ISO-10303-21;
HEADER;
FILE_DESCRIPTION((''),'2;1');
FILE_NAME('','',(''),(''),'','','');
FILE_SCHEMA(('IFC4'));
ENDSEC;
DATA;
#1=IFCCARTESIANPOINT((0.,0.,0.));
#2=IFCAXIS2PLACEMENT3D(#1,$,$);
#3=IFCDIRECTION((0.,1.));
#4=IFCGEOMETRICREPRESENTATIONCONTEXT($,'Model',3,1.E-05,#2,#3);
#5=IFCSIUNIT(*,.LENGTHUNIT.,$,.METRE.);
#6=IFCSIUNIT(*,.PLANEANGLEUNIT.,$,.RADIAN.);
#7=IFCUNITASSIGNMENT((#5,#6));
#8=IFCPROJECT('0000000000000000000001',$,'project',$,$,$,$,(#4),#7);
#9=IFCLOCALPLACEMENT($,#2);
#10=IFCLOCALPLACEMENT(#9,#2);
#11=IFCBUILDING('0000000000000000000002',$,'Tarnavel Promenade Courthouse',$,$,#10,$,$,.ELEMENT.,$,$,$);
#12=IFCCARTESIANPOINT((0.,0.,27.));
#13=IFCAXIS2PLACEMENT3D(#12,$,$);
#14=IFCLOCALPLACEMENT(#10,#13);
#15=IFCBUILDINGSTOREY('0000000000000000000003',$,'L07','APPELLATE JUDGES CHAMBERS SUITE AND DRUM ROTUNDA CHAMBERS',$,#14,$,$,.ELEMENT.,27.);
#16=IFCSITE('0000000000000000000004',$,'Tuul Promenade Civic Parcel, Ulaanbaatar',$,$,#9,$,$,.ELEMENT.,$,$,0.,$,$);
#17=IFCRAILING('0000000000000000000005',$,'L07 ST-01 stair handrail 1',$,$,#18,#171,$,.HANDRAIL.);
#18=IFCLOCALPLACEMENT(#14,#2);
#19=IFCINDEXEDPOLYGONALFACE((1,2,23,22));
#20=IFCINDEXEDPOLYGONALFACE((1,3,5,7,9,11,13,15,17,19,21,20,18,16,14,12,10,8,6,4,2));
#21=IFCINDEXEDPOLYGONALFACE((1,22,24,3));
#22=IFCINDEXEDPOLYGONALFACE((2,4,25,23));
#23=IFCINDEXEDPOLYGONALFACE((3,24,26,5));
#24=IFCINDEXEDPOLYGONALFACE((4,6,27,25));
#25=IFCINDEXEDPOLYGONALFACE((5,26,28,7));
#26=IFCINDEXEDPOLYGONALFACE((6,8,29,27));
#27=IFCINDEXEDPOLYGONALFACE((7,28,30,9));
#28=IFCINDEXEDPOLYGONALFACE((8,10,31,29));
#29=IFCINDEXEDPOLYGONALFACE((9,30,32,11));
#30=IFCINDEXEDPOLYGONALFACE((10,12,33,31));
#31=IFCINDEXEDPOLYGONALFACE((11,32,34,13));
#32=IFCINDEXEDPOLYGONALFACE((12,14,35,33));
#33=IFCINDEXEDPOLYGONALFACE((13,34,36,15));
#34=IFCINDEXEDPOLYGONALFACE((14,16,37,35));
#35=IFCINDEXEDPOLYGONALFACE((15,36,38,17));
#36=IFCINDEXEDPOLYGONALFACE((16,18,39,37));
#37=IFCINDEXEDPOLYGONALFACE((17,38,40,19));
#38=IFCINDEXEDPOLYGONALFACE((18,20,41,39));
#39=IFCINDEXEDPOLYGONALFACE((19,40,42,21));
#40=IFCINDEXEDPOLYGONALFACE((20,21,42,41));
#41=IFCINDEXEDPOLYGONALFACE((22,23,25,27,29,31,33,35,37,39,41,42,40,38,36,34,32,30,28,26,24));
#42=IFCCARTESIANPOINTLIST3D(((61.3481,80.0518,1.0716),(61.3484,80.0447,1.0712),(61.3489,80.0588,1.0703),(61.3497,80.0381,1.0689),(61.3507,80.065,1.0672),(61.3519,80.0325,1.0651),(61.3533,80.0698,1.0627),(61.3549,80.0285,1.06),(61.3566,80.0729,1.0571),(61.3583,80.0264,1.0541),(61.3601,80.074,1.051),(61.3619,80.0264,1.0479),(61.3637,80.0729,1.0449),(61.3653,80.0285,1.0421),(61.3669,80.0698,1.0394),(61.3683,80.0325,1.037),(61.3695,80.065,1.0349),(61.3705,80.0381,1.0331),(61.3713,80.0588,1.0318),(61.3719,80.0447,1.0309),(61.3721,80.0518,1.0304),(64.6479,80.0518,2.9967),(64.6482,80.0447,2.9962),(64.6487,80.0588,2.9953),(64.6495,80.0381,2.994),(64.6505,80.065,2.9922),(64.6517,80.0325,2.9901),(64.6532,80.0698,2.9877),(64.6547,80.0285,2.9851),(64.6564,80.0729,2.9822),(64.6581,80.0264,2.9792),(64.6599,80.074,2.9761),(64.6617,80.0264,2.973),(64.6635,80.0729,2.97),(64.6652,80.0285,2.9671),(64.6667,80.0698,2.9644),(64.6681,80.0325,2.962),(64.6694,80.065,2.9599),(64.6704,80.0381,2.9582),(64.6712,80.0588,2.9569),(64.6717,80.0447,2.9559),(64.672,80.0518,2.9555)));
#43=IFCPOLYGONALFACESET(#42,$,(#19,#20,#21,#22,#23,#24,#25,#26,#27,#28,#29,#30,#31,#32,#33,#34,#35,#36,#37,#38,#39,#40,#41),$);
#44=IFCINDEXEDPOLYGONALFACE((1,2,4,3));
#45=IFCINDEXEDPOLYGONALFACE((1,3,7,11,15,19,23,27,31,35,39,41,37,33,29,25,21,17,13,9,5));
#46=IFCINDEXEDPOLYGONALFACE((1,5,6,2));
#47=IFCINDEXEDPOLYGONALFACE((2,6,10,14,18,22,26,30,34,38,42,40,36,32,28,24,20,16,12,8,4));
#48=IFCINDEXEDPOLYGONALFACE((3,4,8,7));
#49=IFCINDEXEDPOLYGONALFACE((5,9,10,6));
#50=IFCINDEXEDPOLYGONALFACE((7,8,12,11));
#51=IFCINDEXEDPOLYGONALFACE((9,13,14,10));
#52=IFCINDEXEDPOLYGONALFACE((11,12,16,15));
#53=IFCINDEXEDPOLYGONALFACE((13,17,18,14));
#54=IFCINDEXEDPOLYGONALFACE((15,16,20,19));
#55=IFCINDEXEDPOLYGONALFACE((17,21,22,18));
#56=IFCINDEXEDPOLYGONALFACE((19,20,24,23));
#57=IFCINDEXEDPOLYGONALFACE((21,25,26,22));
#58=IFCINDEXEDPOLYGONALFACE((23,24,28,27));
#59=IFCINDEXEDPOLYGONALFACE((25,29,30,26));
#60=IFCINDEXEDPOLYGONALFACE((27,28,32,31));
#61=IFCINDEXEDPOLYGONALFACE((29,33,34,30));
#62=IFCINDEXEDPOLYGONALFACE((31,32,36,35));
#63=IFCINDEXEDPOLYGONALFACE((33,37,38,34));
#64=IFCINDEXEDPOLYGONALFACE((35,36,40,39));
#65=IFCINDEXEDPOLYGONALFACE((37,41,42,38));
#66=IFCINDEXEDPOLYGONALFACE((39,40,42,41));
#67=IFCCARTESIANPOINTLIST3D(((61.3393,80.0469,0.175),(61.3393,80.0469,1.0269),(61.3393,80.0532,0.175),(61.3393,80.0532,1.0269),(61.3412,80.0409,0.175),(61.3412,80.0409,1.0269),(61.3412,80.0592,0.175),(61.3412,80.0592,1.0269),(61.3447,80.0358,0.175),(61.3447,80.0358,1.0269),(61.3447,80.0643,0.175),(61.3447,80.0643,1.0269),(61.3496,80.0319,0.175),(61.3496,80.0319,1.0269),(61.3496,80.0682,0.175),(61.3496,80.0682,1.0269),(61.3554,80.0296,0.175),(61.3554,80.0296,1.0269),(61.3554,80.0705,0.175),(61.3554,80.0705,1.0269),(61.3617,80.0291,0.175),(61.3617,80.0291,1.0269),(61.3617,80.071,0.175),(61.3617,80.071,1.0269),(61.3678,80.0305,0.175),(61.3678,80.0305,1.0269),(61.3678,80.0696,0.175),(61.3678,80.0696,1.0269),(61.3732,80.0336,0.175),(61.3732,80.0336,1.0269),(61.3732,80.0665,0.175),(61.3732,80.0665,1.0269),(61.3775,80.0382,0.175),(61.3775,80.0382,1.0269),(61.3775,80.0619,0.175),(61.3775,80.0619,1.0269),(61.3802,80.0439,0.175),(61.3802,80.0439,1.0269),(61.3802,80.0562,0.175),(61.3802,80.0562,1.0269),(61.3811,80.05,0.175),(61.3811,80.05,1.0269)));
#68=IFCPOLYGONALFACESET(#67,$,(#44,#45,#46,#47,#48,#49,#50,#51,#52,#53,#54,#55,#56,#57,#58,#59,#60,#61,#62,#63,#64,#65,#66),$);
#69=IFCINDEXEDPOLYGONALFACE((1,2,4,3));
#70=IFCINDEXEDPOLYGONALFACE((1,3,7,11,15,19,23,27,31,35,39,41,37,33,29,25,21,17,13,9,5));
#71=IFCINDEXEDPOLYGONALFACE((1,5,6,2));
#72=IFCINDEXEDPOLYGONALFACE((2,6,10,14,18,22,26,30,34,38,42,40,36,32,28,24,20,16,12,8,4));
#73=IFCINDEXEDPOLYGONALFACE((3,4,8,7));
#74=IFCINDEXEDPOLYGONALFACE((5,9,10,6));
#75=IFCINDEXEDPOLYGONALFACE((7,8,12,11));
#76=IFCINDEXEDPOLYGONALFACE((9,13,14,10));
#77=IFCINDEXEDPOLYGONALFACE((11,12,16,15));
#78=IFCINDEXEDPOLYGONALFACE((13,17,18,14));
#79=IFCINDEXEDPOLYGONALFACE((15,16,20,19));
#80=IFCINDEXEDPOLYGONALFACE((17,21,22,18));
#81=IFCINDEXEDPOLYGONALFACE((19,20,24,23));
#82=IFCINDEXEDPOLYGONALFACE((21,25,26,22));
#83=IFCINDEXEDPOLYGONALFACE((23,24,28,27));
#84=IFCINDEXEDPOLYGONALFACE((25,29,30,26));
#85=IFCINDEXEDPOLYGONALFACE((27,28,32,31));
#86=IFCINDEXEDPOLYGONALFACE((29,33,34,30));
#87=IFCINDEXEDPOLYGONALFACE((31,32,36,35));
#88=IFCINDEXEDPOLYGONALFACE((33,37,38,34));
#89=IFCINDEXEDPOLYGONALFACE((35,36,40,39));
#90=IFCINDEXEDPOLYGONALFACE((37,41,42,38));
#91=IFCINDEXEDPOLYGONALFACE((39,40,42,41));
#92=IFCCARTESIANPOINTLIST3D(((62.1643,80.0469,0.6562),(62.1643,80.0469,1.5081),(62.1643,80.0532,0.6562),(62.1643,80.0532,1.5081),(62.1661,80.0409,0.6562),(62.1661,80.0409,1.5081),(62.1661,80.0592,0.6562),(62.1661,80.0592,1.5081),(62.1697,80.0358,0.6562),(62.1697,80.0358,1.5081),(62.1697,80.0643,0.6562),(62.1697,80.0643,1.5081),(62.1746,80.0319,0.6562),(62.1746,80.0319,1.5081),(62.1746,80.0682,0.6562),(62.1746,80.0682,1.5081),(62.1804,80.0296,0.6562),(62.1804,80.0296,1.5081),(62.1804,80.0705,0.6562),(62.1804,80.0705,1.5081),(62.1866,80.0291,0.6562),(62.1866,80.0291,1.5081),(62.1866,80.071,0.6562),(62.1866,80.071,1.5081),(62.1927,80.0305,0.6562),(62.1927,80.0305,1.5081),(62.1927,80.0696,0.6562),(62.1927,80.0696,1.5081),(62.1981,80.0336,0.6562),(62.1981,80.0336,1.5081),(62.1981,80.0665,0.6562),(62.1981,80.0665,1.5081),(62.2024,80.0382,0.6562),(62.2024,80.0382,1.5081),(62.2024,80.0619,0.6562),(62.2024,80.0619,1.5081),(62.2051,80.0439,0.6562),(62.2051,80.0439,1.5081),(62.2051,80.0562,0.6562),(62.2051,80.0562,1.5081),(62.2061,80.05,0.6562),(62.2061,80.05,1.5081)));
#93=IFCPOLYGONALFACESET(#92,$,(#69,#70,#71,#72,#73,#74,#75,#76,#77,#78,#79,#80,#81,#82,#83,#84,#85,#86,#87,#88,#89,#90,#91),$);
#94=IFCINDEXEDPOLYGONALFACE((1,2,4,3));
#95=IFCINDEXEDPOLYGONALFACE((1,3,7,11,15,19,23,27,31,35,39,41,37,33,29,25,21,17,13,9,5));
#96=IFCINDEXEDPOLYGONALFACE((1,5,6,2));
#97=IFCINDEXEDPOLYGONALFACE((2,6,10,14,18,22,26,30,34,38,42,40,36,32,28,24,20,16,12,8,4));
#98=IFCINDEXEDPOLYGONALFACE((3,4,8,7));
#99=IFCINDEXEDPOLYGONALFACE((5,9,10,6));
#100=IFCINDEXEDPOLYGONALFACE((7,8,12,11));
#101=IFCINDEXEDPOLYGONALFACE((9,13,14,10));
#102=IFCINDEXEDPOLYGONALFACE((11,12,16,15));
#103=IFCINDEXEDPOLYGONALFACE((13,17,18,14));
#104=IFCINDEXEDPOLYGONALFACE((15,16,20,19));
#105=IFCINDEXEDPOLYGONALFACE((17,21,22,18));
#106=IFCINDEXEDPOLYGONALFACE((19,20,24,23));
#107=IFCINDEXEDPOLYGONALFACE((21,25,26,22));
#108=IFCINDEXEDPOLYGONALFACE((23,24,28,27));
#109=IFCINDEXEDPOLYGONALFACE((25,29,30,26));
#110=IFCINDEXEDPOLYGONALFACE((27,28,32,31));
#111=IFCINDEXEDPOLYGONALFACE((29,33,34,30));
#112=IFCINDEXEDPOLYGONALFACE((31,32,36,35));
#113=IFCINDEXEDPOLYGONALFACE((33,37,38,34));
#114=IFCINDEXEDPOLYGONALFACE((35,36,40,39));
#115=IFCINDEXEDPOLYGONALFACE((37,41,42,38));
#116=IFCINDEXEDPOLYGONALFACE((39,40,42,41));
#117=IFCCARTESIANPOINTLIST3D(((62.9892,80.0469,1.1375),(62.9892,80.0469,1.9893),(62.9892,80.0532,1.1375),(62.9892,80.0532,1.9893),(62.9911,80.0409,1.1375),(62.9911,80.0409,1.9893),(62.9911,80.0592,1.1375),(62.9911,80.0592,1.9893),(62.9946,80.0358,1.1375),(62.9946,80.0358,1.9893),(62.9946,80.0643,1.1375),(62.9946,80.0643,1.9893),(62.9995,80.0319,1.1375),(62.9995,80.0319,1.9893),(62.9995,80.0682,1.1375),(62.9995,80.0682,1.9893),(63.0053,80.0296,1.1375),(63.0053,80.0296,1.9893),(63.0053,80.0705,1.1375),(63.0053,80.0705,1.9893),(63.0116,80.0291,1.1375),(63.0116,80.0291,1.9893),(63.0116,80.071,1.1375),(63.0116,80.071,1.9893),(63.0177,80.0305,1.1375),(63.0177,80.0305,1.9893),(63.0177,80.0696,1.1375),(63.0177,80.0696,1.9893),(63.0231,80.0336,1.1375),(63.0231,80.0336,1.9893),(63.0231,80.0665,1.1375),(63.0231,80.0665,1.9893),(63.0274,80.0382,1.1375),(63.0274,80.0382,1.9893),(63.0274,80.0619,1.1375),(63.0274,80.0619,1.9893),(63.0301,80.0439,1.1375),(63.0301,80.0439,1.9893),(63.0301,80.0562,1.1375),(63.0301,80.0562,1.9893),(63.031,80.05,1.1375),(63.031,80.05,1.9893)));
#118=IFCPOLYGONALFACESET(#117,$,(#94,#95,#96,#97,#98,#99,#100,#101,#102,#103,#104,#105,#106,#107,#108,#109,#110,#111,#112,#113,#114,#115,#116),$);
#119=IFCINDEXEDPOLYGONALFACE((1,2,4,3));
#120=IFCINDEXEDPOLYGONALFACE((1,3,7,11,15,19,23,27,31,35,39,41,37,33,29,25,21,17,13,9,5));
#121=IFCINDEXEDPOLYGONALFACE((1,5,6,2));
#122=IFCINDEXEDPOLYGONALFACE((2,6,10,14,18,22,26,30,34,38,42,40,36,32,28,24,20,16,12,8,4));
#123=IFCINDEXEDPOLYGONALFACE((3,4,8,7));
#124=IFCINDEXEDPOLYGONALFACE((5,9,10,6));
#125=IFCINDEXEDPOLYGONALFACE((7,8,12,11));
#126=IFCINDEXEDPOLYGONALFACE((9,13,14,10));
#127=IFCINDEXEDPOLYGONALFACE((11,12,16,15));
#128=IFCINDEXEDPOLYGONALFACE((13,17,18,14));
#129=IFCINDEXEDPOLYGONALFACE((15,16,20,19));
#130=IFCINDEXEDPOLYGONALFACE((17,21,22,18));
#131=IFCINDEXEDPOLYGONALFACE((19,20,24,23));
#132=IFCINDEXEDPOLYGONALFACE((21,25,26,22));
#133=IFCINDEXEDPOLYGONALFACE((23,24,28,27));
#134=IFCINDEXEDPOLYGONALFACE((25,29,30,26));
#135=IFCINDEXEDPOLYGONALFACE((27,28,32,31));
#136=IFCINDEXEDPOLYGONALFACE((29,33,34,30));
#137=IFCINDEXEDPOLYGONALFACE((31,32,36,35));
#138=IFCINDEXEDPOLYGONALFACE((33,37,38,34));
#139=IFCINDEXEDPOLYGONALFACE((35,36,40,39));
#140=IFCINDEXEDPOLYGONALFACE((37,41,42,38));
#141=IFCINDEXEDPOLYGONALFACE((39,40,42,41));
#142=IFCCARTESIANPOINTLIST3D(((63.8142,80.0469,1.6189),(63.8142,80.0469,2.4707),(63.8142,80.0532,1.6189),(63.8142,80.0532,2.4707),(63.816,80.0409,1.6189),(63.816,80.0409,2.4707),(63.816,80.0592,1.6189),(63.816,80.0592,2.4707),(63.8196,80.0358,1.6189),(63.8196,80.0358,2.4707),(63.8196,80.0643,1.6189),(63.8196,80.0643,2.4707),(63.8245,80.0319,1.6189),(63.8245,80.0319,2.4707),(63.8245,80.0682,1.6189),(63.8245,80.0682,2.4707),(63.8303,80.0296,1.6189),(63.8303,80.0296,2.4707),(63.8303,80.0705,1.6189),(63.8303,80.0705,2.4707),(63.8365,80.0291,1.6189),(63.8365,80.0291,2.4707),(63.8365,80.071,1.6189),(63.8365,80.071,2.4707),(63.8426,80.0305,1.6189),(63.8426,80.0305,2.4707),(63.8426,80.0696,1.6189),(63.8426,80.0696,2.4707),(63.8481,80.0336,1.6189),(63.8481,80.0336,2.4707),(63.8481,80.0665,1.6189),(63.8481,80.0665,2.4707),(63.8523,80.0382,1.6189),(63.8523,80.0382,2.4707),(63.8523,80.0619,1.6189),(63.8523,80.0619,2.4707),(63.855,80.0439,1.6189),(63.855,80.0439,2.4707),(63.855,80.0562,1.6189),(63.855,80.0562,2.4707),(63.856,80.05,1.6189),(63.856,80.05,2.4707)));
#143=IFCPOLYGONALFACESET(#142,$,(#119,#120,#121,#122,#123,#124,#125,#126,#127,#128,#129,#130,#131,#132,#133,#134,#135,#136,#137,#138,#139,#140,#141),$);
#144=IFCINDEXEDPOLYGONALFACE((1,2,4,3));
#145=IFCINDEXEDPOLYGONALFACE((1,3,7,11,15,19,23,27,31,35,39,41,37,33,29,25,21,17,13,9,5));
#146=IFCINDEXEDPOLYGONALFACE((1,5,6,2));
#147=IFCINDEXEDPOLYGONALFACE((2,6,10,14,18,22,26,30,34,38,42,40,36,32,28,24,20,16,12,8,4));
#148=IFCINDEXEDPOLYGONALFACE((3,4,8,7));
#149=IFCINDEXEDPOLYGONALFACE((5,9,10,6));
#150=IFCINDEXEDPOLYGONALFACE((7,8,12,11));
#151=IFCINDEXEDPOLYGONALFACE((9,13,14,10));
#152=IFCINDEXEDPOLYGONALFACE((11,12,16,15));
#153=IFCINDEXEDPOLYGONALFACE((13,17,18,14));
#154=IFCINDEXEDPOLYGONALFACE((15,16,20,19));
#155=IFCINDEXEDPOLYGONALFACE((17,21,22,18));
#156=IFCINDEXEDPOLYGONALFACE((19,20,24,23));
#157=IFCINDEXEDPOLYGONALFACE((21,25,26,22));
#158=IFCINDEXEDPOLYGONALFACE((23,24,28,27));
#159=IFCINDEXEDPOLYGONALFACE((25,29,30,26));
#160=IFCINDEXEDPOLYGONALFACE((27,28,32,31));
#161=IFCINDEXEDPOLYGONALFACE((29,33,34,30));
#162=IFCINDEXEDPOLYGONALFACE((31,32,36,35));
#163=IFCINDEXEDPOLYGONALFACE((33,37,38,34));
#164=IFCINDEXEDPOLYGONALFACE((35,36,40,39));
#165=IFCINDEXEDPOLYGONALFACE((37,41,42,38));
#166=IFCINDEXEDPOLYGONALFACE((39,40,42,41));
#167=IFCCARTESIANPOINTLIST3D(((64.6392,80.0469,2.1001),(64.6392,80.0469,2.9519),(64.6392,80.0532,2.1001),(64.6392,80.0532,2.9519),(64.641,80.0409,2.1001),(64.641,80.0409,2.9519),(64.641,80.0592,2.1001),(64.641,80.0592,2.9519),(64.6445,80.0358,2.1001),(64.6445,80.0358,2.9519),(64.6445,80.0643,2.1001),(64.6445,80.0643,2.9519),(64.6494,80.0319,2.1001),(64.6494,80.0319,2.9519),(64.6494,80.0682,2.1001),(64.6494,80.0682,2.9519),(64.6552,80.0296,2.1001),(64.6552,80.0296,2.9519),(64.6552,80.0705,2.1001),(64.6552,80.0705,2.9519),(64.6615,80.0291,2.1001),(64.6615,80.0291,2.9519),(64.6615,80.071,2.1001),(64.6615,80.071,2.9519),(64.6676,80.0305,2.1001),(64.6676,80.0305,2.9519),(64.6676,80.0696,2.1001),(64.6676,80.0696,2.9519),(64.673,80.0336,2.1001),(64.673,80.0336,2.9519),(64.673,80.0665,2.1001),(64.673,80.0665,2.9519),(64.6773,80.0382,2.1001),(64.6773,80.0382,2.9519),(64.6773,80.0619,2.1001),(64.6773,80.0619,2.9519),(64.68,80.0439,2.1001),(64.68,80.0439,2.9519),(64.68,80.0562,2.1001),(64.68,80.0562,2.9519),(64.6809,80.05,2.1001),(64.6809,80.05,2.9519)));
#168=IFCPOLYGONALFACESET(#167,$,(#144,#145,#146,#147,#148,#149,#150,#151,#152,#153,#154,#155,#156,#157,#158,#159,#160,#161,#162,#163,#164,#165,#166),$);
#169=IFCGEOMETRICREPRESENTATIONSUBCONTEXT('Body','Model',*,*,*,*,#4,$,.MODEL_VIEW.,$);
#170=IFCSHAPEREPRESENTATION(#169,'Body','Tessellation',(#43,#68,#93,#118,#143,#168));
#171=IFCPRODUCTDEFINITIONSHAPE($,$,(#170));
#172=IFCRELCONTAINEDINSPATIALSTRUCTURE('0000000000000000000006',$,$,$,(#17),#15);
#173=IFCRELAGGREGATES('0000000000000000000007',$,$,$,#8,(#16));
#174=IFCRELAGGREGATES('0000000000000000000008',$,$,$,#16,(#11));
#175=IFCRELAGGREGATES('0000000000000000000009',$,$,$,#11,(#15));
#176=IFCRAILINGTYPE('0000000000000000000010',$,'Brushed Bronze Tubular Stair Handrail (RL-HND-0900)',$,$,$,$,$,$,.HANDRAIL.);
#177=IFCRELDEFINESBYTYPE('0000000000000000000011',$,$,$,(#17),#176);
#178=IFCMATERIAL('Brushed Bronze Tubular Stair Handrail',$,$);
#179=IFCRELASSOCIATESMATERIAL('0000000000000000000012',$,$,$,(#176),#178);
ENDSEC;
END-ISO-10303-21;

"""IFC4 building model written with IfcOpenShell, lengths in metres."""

from ifc_helpers import new_model, si_unit, direction, frame, origin, origin_2d, place, context, subcontext, project, spatial, circle, extrude, material, type_object, element, save


model = new_model("IFC4")

# Units and contexts
model_context = context("Model", 3, precision=1e-05, world=origin(), true_north=direction((0.0, 1.0)))
body_context = subcontext(model_context, "Body", "Model", "MODEL_VIEW")
ifc_project = project(units=[si_unit("LENGTHUNIT", "METRE"), si_unit("PLANEANGLEUNIT", "RADIAN")], contexts=[model_context])

# Site, building, storey
site_placement = place(None, origin())
site = spatial("IfcSite", under=ifc_project, at=site_placement, Name="Tuul Promenade Civic Parcel, Ulaanbaatar", CompositionType="ELEMENT", RefElevation=0.0)
building_placement = place(site_placement, origin())
building = spatial("IfcBuilding", under=site, at=building_placement, Name="Tarnavel Promenade Courthouse", CompositionType="ELEMENT")
storey_placement = place(building_placement, frame((0.0, 0.0, 27.0)))
storey = spatial("IfcBuildingStorey", under=building, at=storey_placement, Name="L07", Description="APPELLATE JUDGES CHAMBERS SUITE AND DRUM ROTUNDA CHAMBERS", CompositionType="ELEMENT", Elevation=27.0)

# Railing
ifc_material_1 = material(Name="Brushed Bronze Tubular Stair Handrail")
railing_type_1 = type_object("IfcRailingType", Name="Brushed Bronze Tubular Stair Handrail (RL-HND-0900)", PredefinedType="HANDRAIL", material=ifc_material_1)
railing_1_placement = place(storey_placement, frame((61.3601, 80.05, 0.175)))
element("IfcRailing", 1, at=railing_1_placement, inside=storey, type_object=railing_type_1, Name="L07 ST-01 stair handrail 1", PredefinedType="HANDRAIL", context=body_context, shape_type="SweptSolid", body=[
    extrude(circle(Radius=0.0239, at=origin_2d()), frame((0.0, 0.0, 0.876), z_axis=(0.86376, 0.0, 0.503903), x_axis=(0.0, 1.0, 0.0)), (0.0, 0.0, 1.0), 3.8203),
    extrude(circle(Radius=0.021, at=origin_2d()), origin(), (0.0, 0.0, 1.0), 0.8518),
    extrude(circle(Radius=0.021, at=origin_2d()), frame((0.825, 0.0, 0.4812)), (0.0, 0.0, 1.0), 0.8518),
    extrude(circle(Radius=0.021, at=origin_2d()), frame((1.6499, 0.0, 0.9624)), (0.0, 0.0, 1.0), 0.8518),
    extrude(circle(Radius=0.021, at=origin_2d()), frame((2.4749, 0.0, 1.4438)), (0.0, 0.0, 1.0), 0.8518),
    extrude(circle(Radius=0.021, at=origin_2d()), frame((3.2998, 0.0, 1.925)), (0.0, 0.0, 1.0), 0.8518),
])

save(model, "model.ifc")
